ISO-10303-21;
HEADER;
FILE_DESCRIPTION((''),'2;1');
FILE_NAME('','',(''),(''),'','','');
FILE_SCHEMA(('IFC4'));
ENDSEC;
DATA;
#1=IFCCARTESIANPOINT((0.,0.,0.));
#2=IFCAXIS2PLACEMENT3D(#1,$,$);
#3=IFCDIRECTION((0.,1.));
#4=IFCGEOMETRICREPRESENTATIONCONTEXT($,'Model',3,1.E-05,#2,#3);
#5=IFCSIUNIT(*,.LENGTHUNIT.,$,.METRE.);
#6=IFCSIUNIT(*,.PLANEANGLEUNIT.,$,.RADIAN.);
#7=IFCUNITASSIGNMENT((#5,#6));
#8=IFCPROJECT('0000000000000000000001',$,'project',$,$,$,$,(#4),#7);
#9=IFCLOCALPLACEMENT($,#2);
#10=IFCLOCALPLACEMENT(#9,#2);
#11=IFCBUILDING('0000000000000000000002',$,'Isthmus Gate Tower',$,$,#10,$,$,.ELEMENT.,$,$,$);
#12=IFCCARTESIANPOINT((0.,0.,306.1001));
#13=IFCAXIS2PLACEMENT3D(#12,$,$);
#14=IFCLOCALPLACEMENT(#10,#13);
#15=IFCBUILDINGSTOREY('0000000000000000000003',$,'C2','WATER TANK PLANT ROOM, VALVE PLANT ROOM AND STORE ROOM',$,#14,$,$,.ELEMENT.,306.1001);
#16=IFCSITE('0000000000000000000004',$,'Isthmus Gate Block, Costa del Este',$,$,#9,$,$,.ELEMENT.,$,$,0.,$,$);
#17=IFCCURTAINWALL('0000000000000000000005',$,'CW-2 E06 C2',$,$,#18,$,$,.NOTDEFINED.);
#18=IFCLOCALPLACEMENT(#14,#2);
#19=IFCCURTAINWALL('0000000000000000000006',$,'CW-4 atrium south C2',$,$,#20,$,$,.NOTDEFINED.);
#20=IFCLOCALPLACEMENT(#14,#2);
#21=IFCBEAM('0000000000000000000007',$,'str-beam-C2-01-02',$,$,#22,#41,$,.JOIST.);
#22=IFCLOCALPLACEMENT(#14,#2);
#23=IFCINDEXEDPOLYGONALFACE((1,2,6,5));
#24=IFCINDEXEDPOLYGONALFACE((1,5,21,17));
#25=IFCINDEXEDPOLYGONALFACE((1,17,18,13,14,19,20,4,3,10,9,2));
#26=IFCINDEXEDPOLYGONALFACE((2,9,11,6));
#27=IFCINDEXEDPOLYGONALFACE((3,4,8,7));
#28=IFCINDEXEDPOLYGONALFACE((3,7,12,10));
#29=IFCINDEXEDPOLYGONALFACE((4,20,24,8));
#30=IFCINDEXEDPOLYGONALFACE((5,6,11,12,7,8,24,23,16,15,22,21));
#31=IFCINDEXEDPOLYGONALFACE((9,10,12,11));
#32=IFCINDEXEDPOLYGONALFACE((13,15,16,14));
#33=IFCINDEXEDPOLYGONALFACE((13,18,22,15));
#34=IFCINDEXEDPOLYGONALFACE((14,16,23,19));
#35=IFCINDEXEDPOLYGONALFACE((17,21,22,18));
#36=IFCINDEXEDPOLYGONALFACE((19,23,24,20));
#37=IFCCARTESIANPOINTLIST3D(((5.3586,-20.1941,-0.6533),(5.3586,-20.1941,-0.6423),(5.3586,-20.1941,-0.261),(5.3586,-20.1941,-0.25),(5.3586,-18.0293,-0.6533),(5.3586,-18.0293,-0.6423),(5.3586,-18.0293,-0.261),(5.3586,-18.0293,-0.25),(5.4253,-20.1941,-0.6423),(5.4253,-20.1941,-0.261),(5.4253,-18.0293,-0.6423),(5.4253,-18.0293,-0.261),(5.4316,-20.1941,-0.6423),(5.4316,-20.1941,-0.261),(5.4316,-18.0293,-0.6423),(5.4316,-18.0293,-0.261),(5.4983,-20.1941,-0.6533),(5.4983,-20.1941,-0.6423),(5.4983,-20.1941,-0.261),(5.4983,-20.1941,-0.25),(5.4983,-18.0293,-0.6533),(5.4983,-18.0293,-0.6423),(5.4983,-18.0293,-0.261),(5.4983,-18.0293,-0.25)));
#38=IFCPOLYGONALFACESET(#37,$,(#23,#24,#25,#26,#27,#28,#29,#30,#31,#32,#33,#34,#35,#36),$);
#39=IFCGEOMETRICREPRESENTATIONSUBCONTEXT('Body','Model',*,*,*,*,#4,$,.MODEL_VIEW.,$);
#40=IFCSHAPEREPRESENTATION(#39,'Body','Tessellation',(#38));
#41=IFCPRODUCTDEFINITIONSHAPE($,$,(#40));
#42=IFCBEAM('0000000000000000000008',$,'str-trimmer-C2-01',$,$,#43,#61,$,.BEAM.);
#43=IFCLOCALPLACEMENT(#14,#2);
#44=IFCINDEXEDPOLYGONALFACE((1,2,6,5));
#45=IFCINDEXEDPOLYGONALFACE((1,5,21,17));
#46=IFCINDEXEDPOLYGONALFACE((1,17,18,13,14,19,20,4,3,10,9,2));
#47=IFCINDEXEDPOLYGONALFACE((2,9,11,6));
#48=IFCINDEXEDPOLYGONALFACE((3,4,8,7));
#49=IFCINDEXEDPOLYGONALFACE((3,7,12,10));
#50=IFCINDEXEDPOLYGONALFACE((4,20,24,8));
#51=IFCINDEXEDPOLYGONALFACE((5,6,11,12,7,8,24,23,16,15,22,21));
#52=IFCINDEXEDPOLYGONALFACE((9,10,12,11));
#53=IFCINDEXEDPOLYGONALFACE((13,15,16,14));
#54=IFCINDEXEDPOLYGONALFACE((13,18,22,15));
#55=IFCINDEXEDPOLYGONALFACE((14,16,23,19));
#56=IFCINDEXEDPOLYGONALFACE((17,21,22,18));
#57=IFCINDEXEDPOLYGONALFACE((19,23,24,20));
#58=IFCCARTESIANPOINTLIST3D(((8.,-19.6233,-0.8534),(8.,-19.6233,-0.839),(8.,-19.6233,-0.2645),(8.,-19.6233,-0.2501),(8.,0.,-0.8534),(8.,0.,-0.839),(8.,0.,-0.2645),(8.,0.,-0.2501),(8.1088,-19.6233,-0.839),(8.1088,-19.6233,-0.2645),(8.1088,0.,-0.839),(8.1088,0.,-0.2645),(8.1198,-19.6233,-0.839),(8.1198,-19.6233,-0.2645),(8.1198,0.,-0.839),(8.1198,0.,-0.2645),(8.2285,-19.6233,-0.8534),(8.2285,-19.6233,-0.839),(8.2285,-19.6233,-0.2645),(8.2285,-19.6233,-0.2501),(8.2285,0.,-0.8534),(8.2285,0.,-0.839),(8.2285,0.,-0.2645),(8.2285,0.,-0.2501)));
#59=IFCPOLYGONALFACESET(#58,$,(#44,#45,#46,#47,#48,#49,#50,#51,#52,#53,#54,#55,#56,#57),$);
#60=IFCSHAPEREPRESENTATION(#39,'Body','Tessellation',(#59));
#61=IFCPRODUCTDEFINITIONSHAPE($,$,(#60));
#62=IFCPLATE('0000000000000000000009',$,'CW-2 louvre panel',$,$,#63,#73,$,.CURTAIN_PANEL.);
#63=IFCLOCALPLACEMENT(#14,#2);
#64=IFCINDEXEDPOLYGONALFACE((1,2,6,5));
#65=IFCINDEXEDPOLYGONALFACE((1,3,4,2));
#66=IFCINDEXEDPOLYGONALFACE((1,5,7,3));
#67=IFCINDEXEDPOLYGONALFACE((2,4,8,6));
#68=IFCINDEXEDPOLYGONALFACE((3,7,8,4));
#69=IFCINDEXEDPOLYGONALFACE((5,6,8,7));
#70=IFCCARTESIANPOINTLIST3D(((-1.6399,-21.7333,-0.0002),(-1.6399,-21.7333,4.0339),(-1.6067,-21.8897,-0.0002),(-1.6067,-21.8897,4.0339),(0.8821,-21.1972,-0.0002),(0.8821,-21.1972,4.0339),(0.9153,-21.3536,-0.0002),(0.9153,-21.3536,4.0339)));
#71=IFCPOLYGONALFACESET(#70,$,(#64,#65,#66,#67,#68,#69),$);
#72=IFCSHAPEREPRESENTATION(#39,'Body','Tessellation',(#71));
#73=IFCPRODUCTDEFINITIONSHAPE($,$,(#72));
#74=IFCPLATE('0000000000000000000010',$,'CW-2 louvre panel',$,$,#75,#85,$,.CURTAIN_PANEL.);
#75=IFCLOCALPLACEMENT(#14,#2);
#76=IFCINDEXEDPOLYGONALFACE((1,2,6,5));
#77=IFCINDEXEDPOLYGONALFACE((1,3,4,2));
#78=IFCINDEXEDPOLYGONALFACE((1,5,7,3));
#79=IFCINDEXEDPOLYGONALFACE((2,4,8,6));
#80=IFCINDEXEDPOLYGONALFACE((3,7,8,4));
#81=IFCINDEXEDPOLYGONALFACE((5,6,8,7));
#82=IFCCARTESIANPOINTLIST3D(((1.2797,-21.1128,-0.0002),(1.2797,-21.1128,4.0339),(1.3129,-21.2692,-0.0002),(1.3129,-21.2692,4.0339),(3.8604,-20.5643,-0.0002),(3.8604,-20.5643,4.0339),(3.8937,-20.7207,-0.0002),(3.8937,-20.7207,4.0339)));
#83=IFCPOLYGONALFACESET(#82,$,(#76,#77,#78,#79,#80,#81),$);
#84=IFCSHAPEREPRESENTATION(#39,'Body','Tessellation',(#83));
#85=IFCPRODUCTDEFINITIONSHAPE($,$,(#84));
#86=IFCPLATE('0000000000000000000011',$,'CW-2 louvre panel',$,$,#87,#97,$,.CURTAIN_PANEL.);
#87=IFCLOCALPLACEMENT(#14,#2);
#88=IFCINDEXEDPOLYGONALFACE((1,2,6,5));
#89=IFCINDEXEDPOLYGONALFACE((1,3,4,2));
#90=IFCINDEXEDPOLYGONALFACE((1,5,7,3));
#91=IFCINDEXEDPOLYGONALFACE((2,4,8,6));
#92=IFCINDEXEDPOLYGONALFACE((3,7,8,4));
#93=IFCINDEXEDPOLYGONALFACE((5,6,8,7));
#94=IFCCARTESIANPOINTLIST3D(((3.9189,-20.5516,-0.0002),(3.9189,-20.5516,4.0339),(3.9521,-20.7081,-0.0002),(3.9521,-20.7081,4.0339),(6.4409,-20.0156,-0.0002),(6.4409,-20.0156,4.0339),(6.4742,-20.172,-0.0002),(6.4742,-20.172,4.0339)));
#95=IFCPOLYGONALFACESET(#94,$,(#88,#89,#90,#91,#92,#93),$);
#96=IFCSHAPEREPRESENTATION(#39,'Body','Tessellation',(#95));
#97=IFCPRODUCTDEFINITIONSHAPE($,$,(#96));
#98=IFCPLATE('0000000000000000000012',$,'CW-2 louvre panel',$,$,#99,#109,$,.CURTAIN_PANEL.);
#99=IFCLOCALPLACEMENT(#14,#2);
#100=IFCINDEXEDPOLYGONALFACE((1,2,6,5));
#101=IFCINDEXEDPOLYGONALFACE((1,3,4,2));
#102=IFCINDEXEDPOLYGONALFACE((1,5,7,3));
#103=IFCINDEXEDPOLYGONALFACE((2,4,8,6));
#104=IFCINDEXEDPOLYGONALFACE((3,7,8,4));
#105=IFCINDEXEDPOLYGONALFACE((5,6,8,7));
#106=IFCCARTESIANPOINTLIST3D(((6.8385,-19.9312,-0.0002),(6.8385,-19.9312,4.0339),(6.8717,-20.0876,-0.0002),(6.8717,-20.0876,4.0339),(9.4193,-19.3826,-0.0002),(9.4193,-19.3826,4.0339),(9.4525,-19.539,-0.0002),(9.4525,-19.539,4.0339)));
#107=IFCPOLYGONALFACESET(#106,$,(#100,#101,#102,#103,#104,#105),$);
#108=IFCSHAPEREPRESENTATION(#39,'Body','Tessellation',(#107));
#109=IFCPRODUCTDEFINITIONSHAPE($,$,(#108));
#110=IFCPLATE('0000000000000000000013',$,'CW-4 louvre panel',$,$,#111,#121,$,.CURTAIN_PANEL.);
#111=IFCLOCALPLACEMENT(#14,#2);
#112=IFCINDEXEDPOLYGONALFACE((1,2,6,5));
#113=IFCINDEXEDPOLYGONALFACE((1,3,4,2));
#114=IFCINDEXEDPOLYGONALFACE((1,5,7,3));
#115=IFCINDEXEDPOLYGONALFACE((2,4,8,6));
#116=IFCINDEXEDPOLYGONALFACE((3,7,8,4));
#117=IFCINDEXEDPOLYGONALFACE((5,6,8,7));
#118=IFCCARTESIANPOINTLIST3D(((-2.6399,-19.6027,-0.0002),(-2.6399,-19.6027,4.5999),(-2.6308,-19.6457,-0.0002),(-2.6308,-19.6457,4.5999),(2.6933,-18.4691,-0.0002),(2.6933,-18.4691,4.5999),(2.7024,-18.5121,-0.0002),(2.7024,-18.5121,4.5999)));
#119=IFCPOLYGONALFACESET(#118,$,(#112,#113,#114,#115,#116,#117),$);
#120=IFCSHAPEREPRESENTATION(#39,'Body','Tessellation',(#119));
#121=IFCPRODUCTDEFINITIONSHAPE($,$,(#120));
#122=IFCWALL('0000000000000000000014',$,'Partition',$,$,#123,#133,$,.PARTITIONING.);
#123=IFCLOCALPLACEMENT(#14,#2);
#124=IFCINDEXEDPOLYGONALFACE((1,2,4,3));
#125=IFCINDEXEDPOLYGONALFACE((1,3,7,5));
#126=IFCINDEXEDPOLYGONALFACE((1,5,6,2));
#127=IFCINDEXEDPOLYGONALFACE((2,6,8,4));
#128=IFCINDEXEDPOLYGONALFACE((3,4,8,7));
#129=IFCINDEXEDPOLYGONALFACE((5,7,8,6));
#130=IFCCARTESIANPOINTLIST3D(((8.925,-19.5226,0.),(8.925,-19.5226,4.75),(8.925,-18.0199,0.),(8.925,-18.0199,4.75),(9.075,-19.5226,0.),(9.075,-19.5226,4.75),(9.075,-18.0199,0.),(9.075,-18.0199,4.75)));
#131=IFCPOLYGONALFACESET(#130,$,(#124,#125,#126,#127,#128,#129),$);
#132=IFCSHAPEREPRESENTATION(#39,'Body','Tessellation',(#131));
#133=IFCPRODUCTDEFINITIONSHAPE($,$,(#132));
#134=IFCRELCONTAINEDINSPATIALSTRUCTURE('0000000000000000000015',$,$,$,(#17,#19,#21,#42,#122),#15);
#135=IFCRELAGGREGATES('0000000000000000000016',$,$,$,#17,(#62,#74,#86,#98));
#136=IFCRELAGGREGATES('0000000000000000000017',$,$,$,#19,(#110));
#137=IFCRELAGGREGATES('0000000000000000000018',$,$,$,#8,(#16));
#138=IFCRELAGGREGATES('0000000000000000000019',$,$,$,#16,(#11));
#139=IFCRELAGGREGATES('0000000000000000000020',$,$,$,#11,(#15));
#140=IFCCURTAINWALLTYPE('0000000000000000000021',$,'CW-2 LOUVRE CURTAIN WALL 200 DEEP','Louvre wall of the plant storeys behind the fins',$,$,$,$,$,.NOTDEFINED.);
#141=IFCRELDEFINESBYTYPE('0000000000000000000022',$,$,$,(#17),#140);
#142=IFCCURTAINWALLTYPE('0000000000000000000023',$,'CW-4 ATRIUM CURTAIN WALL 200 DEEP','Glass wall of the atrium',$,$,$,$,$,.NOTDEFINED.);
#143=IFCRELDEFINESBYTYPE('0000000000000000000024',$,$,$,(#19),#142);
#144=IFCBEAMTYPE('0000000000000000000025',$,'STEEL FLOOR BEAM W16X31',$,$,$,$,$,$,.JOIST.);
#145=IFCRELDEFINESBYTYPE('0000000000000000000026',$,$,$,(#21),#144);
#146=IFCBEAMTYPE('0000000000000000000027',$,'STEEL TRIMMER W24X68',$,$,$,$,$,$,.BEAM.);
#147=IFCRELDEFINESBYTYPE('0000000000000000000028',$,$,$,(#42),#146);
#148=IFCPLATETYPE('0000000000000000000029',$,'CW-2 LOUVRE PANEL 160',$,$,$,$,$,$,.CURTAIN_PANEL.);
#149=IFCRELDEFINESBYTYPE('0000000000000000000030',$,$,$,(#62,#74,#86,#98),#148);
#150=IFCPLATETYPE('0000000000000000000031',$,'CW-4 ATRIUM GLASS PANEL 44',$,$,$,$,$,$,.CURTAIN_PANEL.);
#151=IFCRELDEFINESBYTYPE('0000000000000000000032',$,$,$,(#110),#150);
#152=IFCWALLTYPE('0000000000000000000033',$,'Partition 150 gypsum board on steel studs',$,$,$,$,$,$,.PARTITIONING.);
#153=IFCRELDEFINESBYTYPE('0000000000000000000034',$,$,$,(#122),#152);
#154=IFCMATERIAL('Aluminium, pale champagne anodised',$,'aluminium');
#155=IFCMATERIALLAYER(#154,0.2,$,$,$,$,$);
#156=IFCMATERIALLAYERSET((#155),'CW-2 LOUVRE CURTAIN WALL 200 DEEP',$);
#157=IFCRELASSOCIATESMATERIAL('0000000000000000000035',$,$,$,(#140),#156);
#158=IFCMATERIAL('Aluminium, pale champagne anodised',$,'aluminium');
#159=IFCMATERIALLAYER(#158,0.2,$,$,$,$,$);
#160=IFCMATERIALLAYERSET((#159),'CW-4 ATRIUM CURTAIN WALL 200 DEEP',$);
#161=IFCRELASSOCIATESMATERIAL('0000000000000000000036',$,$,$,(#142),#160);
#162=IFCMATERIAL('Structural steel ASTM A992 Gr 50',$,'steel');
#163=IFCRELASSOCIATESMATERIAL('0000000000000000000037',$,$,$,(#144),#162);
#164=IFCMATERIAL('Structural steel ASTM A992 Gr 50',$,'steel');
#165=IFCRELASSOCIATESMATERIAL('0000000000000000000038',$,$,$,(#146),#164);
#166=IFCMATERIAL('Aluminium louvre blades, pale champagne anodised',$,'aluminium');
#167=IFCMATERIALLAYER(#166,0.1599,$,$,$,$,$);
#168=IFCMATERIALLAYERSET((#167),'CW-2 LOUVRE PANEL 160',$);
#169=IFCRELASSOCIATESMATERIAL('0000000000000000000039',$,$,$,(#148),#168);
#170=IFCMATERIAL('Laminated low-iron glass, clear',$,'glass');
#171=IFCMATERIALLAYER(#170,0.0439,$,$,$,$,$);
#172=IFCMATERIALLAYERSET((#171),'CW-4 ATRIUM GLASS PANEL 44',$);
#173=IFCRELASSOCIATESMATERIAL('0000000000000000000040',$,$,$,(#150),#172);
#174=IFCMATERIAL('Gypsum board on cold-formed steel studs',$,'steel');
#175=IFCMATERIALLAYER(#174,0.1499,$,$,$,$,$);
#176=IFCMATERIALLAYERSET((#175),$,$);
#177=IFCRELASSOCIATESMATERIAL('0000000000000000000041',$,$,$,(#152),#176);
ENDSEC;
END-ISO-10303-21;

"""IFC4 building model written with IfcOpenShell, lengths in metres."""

from ifc_helpers import new_model, si_unit, direction, frame, frame_2d, origin, origin_2d, place, context, subcontext, project, spatial, rectangle, i_section, extrude, material, layer, layer_set, material_profile, profile_set, type_object, element, aggregate, save


model = new_model("IFC4")

# Units and contexts
model_context = context("Model", 3, precision=1e-05, world=origin(), true_north=direction((0.0, 1.0)))
body_context = subcontext(model_context, "Body", "Model", "MODEL_VIEW")
ifc_project = project(units=[si_unit("LENGTHUNIT", "METRE"), si_unit("PLANEANGLEUNIT", "RADIAN")], contexts=[model_context])

# Site, building, storey
site_placement = place(None, origin())
site = spatial("IfcSite", under=ifc_project, at=site_placement, Name="Isthmus Gate Block, Costa del Este", CompositionType="ELEMENT", RefElevation=0.0)
building_placement = place(site_placement, origin())
building = spatial("IfcBuilding", under=site, at=building_placement, Name="Isthmus Gate Tower", CompositionType="ELEMENT")
storey_placement = place(building_placement, frame((0.0, 0.0, 306.1001)))
storey = spatial("IfcBuildingStorey", under=building, at=storey_placement, Name="C2", Description="WATER TANK PLANT ROOM, VALVE PLANT ROOM AND STORE ROOM", CompositionType="ELEMENT", Elevation=306.1001)

# Curtain walls
ifc_material_1 = material(Name="Aluminium, pale champagne anodised", Category="aluminium")
ifc_layer_1 = layer(ifc_material_1, 0.2)
ifc_layer_set_1 = layer_set([ifc_layer_1], Name="CW-2 LOUVRE CURTAIN WALL 200 DEEP")
curtain_wall_type_1 = type_object("IfcCurtainWallType", Name="CW-2 LOUVRE CURTAIN WALL 200 DEEP", Description="Louvre wall of the plant storeys behind the fins", PredefinedType="NOTDEFINED", material=ifc_layer_set_1)
curtain_wall_1_placement = place(storey_placement, origin())
curtain_wall_1 = element("IfcCurtainWall", 1, at=curtain_wall_1_placement, inside=storey, type_object=curtain_wall_type_1, Name="CW-2 E06 C2", PredefinedType="NOTDEFINED")
ifc_material_2 = material(Name="Aluminium, pale champagne anodised", Category="aluminium")
ifc_layer_2 = layer(ifc_material_2, 0.2)
ifc_layer_set_2 = layer_set([ifc_layer_2], Name="CW-4 ATRIUM CURTAIN WALL 200 DEEP")
curtain_wall_type_2 = type_object("IfcCurtainWallType", Name="CW-4 ATRIUM CURTAIN WALL 200 DEEP", Description="Glass wall of the atrium", PredefinedType="NOTDEFINED", material=ifc_layer_set_2)
curtain_wall_2_placement = place(storey_placement, origin())
curtain_wall_2 = element("IfcCurtainWall", 2, at=curtain_wall_2_placement, inside=storey, type_object=curtain_wall_type_2, Name="CW-4 atrium south C2", PredefinedType="NOTDEFINED")

# Beams
ifc_material_3 = material(Name="Structural steel ASTM A992 Gr 50", Category="steel")
ifc_material_profile_1 = material_profile(ifc_material_3, i_section(OverallWidth=0.1396, OverallDepth=0.4033, WebThickness=0.0063, FlangeThickness=0.011, at=origin_2d()), Name="W16X31")
ifc_profile_set_1 = profile_set([ifc_material_profile_1], Name="Structural steel ASTM A992 Gr 50")
beam_type_1 = type_object("IfcBeamType", Name="STEEL FLOOR BEAM W16X31", PredefinedType="JOIST", material=ifc_profile_set_1)
for number, where, z_axis, x_axis, name in (
    (3, (5.4285, -20.1941, -0.4517), (0.0, 1.0, 0.0), (-1.0, 0.0, 0.0), "str-beam-C2-01-02"),
):
    element("IfcBeam", number, at=place(storey_placement, frame(where, z_axis=z_axis, x_axis=x_axis)), inside=storey, type_object=beam_type_1, Name=name, PredefinedType="JOIST", context=body_context, shape_type="SweptSolid", body=[
        extrude(i_section(OverallWidth=0.1396, OverallDepth=0.4033, WebThickness=0.0063, FlangeThickness=0.011, at=origin_2d()), origin(), (0.0, 0.0, 1.0), 2.1648),
    ])
ifc_material_4 = material(Name="Structural steel ASTM A992 Gr 50", Category="steel")
ifc_material_profile_2 = material_profile(ifc_material_4, i_section(OverallWidth=0.2285, OverallDepth=0.6033, WebThickness=0.011, FlangeThickness=0.0144, at=origin_2d()), Name="W24X68")
ifc_profile_set_2 = profile_set([ifc_material_profile_2], Name="Structural steel ASTM A992 Gr 50")
beam_type_2 = type_object("IfcBeamType", Name="STEEL TRIMMER W24X68", PredefinedType="BEAM", material=ifc_profile_set_2)
beam_placement = place(storey_placement, frame((8.1143, -19.6233, -0.5518), z_axis=(0.0, 1.0, 0.0), x_axis=(-1.0, 0.0, 0.0)))
element("IfcBeam", 4, at=beam_placement, inside=storey, type_object=beam_type_2, Name="str-trimmer-C2-01", PredefinedType="BEAM", context=body_context, shape_type="SweptSolid", body=[
    extrude(i_section(OverallWidth=0.2285, OverallDepth=0.6033, WebThickness=0.011, FlangeThickness=0.0144, at=origin_2d()), origin(), (0.0, 0.0, 1.0), 19.6233),
])

# Plates
ifc_material_5 = material(Name="Aluminium louvre blades, pale champagne anodised", Category="aluminium")
ifc_layer_3 = layer(ifc_material_5, 0.1599)
ifc_layer_set_3 = layer_set([ifc_layer_3], Name="CW-2 LOUVRE PANEL 160")
plate_type_1 = type_object("IfcPlateType", Name="CW-2 LOUVRE PANEL 160", PredefinedType="CURTAIN_PANEL", material=ifc_layer_set_3)
plate_1_placement = place(storey_placement, frame((-0.3623, -21.5435, -0.0002), z_axis=(0.0, 0.0, 1.0), x_axis=(0.978148, 0.207912, 0.0)))
plate_1 = element("IfcPlate", 5, at=plate_1_placement, type_object=plate_type_1, Name="CW-2 louvre panel", PredefinedType="CURTAIN_PANEL", context=body_context, shape_type="SweptSolid", body=[
    extrude(rectangle(XDim=2.5784, YDim=0.1599, at=origin_2d()), origin(), (0.0, 0.0, 1.0), 4.0342),
])
plate_2_placement = place(storey_placement, frame((2.5867, -20.9167, -0.0002), z_axis=(0.0, 0.0, 1.0), x_axis=(0.978148, 0.207912, 0.0)))
plate_2 = element("IfcPlate", 6, at=plate_2_placement, type_object=plate_type_1, Name="CW-2 louvre panel", PredefinedType="CURTAIN_PANEL", context=body_context, shape_type="SweptSolid", body=[
    extrude(rectangle(XDim=2.6384, YDim=0.1599, at=origin_2d()), origin(), (0.0, 0.0, 1.0), 4.0342),
])
plate_3_placement = place(storey_placement, frame((5.1965, -20.3618, -0.0002), z_axis=(0.0, 0.0, 1.0), x_axis=(0.978148, 0.207912, 0.0)))
plate_3 = element("IfcPlate", 7, at=plate_3_placement, type_object=plate_type_1, Name="CW-2 louvre panel", PredefinedType="CURTAIN_PANEL", context=body_context, shape_type="SweptSolid", body=[
    extrude(rectangle(XDim=2.5784, YDim=0.1599, at=origin_2d()), origin(), (0.0, 0.0, 1.0), 4.0342),
])
plate_4_placement = place(storey_placement, frame((8.1455, -19.7351, -0.0002), z_axis=(0.0, 0.0, 1.0), x_axis=(0.978148, 0.207912, 0.0)))
plate_4 = element("IfcPlate", 8, at=plate_4_placement, type_object=plate_type_1, Name="CW-2 louvre panel", PredefinedType="CURTAIN_PANEL", context=body_context, shape_type="SweptSolid", body=[
    extrude(rectangle(XDim=2.6384, YDim=0.1599, at=origin_2d()), origin(), (0.0, 0.0, 1.0), 4.0342),
])
aggregate(curtain_wall_1, [plate_1, plate_2, plate_3, plate_4])
ifc_material_6 = material(Name="Laminated low-iron glass, clear", Category="glass")
ifc_layer_4 = layer(ifc_material_6, 0.0439)
ifc_layer_set_4 = layer_set([ifc_layer_4], Name="CW-4 ATRIUM GLASS PANEL 44")
plate_type_2 = type_object("IfcPlateType", Name="CW-4 ATRIUM GLASS PANEL 44", PredefinedType="CURTAIN_PANEL", material=ifc_layer_set_4)
plate_5_placement = place(storey_placement, frame((0.0312, -19.0574, -0.0002), z_axis=(0.0, 0.0, 1.0), x_axis=(0.978148, 0.207912, 0.0)))
plate_5 = element("IfcPlate", 9, at=plate_5_placement, type_object=plate_type_2, Name="CW-4 louvre panel", PredefinedType="CURTAIN_PANEL", context=body_context, shape_type="SweptSolid", body=[
    extrude(rectangle(XDim=5.4524, YDim=0.0439, at=origin_2d()), origin(), (0.0, 0.0, 1.0), 4.6001),
])
aggregate(curtain_wall_2, [plate_5])

# Wall
ifc_material_7 = material(Name="Gypsum board on cold-formed steel studs", Category="steel")
ifc_layer_5 = layer(ifc_material_7, 0.1499)
ifc_layer_set_5 = layer_set([ifc_layer_5])
wall_type = type_object("IfcWallType", Name="Partition 150 gypsum board on steel studs", PredefinedType="PARTITIONING", material=ifc_layer_set_5)
wall_placement = place(storey_placement, frame((9.0, -19.5227, 0.0), z_axis=(0.0, 0.0, 1.0), x_axis=(0.0, 1.0, 0.0)))
element("IfcWall", 10, at=wall_placement, inside=storey, type_object=wall_type, Name="Partition", PredefinedType="PARTITIONING", context=body_context, shape_type="SweptSolid", body=[
    extrude(rectangle(XDim=1.5027, YDim=0.1499, at=frame_2d((0.7515, 0.0))), origin(), (0.0, 0.0, 1.0), 4.75),
])

save(model, "model.ifc")
